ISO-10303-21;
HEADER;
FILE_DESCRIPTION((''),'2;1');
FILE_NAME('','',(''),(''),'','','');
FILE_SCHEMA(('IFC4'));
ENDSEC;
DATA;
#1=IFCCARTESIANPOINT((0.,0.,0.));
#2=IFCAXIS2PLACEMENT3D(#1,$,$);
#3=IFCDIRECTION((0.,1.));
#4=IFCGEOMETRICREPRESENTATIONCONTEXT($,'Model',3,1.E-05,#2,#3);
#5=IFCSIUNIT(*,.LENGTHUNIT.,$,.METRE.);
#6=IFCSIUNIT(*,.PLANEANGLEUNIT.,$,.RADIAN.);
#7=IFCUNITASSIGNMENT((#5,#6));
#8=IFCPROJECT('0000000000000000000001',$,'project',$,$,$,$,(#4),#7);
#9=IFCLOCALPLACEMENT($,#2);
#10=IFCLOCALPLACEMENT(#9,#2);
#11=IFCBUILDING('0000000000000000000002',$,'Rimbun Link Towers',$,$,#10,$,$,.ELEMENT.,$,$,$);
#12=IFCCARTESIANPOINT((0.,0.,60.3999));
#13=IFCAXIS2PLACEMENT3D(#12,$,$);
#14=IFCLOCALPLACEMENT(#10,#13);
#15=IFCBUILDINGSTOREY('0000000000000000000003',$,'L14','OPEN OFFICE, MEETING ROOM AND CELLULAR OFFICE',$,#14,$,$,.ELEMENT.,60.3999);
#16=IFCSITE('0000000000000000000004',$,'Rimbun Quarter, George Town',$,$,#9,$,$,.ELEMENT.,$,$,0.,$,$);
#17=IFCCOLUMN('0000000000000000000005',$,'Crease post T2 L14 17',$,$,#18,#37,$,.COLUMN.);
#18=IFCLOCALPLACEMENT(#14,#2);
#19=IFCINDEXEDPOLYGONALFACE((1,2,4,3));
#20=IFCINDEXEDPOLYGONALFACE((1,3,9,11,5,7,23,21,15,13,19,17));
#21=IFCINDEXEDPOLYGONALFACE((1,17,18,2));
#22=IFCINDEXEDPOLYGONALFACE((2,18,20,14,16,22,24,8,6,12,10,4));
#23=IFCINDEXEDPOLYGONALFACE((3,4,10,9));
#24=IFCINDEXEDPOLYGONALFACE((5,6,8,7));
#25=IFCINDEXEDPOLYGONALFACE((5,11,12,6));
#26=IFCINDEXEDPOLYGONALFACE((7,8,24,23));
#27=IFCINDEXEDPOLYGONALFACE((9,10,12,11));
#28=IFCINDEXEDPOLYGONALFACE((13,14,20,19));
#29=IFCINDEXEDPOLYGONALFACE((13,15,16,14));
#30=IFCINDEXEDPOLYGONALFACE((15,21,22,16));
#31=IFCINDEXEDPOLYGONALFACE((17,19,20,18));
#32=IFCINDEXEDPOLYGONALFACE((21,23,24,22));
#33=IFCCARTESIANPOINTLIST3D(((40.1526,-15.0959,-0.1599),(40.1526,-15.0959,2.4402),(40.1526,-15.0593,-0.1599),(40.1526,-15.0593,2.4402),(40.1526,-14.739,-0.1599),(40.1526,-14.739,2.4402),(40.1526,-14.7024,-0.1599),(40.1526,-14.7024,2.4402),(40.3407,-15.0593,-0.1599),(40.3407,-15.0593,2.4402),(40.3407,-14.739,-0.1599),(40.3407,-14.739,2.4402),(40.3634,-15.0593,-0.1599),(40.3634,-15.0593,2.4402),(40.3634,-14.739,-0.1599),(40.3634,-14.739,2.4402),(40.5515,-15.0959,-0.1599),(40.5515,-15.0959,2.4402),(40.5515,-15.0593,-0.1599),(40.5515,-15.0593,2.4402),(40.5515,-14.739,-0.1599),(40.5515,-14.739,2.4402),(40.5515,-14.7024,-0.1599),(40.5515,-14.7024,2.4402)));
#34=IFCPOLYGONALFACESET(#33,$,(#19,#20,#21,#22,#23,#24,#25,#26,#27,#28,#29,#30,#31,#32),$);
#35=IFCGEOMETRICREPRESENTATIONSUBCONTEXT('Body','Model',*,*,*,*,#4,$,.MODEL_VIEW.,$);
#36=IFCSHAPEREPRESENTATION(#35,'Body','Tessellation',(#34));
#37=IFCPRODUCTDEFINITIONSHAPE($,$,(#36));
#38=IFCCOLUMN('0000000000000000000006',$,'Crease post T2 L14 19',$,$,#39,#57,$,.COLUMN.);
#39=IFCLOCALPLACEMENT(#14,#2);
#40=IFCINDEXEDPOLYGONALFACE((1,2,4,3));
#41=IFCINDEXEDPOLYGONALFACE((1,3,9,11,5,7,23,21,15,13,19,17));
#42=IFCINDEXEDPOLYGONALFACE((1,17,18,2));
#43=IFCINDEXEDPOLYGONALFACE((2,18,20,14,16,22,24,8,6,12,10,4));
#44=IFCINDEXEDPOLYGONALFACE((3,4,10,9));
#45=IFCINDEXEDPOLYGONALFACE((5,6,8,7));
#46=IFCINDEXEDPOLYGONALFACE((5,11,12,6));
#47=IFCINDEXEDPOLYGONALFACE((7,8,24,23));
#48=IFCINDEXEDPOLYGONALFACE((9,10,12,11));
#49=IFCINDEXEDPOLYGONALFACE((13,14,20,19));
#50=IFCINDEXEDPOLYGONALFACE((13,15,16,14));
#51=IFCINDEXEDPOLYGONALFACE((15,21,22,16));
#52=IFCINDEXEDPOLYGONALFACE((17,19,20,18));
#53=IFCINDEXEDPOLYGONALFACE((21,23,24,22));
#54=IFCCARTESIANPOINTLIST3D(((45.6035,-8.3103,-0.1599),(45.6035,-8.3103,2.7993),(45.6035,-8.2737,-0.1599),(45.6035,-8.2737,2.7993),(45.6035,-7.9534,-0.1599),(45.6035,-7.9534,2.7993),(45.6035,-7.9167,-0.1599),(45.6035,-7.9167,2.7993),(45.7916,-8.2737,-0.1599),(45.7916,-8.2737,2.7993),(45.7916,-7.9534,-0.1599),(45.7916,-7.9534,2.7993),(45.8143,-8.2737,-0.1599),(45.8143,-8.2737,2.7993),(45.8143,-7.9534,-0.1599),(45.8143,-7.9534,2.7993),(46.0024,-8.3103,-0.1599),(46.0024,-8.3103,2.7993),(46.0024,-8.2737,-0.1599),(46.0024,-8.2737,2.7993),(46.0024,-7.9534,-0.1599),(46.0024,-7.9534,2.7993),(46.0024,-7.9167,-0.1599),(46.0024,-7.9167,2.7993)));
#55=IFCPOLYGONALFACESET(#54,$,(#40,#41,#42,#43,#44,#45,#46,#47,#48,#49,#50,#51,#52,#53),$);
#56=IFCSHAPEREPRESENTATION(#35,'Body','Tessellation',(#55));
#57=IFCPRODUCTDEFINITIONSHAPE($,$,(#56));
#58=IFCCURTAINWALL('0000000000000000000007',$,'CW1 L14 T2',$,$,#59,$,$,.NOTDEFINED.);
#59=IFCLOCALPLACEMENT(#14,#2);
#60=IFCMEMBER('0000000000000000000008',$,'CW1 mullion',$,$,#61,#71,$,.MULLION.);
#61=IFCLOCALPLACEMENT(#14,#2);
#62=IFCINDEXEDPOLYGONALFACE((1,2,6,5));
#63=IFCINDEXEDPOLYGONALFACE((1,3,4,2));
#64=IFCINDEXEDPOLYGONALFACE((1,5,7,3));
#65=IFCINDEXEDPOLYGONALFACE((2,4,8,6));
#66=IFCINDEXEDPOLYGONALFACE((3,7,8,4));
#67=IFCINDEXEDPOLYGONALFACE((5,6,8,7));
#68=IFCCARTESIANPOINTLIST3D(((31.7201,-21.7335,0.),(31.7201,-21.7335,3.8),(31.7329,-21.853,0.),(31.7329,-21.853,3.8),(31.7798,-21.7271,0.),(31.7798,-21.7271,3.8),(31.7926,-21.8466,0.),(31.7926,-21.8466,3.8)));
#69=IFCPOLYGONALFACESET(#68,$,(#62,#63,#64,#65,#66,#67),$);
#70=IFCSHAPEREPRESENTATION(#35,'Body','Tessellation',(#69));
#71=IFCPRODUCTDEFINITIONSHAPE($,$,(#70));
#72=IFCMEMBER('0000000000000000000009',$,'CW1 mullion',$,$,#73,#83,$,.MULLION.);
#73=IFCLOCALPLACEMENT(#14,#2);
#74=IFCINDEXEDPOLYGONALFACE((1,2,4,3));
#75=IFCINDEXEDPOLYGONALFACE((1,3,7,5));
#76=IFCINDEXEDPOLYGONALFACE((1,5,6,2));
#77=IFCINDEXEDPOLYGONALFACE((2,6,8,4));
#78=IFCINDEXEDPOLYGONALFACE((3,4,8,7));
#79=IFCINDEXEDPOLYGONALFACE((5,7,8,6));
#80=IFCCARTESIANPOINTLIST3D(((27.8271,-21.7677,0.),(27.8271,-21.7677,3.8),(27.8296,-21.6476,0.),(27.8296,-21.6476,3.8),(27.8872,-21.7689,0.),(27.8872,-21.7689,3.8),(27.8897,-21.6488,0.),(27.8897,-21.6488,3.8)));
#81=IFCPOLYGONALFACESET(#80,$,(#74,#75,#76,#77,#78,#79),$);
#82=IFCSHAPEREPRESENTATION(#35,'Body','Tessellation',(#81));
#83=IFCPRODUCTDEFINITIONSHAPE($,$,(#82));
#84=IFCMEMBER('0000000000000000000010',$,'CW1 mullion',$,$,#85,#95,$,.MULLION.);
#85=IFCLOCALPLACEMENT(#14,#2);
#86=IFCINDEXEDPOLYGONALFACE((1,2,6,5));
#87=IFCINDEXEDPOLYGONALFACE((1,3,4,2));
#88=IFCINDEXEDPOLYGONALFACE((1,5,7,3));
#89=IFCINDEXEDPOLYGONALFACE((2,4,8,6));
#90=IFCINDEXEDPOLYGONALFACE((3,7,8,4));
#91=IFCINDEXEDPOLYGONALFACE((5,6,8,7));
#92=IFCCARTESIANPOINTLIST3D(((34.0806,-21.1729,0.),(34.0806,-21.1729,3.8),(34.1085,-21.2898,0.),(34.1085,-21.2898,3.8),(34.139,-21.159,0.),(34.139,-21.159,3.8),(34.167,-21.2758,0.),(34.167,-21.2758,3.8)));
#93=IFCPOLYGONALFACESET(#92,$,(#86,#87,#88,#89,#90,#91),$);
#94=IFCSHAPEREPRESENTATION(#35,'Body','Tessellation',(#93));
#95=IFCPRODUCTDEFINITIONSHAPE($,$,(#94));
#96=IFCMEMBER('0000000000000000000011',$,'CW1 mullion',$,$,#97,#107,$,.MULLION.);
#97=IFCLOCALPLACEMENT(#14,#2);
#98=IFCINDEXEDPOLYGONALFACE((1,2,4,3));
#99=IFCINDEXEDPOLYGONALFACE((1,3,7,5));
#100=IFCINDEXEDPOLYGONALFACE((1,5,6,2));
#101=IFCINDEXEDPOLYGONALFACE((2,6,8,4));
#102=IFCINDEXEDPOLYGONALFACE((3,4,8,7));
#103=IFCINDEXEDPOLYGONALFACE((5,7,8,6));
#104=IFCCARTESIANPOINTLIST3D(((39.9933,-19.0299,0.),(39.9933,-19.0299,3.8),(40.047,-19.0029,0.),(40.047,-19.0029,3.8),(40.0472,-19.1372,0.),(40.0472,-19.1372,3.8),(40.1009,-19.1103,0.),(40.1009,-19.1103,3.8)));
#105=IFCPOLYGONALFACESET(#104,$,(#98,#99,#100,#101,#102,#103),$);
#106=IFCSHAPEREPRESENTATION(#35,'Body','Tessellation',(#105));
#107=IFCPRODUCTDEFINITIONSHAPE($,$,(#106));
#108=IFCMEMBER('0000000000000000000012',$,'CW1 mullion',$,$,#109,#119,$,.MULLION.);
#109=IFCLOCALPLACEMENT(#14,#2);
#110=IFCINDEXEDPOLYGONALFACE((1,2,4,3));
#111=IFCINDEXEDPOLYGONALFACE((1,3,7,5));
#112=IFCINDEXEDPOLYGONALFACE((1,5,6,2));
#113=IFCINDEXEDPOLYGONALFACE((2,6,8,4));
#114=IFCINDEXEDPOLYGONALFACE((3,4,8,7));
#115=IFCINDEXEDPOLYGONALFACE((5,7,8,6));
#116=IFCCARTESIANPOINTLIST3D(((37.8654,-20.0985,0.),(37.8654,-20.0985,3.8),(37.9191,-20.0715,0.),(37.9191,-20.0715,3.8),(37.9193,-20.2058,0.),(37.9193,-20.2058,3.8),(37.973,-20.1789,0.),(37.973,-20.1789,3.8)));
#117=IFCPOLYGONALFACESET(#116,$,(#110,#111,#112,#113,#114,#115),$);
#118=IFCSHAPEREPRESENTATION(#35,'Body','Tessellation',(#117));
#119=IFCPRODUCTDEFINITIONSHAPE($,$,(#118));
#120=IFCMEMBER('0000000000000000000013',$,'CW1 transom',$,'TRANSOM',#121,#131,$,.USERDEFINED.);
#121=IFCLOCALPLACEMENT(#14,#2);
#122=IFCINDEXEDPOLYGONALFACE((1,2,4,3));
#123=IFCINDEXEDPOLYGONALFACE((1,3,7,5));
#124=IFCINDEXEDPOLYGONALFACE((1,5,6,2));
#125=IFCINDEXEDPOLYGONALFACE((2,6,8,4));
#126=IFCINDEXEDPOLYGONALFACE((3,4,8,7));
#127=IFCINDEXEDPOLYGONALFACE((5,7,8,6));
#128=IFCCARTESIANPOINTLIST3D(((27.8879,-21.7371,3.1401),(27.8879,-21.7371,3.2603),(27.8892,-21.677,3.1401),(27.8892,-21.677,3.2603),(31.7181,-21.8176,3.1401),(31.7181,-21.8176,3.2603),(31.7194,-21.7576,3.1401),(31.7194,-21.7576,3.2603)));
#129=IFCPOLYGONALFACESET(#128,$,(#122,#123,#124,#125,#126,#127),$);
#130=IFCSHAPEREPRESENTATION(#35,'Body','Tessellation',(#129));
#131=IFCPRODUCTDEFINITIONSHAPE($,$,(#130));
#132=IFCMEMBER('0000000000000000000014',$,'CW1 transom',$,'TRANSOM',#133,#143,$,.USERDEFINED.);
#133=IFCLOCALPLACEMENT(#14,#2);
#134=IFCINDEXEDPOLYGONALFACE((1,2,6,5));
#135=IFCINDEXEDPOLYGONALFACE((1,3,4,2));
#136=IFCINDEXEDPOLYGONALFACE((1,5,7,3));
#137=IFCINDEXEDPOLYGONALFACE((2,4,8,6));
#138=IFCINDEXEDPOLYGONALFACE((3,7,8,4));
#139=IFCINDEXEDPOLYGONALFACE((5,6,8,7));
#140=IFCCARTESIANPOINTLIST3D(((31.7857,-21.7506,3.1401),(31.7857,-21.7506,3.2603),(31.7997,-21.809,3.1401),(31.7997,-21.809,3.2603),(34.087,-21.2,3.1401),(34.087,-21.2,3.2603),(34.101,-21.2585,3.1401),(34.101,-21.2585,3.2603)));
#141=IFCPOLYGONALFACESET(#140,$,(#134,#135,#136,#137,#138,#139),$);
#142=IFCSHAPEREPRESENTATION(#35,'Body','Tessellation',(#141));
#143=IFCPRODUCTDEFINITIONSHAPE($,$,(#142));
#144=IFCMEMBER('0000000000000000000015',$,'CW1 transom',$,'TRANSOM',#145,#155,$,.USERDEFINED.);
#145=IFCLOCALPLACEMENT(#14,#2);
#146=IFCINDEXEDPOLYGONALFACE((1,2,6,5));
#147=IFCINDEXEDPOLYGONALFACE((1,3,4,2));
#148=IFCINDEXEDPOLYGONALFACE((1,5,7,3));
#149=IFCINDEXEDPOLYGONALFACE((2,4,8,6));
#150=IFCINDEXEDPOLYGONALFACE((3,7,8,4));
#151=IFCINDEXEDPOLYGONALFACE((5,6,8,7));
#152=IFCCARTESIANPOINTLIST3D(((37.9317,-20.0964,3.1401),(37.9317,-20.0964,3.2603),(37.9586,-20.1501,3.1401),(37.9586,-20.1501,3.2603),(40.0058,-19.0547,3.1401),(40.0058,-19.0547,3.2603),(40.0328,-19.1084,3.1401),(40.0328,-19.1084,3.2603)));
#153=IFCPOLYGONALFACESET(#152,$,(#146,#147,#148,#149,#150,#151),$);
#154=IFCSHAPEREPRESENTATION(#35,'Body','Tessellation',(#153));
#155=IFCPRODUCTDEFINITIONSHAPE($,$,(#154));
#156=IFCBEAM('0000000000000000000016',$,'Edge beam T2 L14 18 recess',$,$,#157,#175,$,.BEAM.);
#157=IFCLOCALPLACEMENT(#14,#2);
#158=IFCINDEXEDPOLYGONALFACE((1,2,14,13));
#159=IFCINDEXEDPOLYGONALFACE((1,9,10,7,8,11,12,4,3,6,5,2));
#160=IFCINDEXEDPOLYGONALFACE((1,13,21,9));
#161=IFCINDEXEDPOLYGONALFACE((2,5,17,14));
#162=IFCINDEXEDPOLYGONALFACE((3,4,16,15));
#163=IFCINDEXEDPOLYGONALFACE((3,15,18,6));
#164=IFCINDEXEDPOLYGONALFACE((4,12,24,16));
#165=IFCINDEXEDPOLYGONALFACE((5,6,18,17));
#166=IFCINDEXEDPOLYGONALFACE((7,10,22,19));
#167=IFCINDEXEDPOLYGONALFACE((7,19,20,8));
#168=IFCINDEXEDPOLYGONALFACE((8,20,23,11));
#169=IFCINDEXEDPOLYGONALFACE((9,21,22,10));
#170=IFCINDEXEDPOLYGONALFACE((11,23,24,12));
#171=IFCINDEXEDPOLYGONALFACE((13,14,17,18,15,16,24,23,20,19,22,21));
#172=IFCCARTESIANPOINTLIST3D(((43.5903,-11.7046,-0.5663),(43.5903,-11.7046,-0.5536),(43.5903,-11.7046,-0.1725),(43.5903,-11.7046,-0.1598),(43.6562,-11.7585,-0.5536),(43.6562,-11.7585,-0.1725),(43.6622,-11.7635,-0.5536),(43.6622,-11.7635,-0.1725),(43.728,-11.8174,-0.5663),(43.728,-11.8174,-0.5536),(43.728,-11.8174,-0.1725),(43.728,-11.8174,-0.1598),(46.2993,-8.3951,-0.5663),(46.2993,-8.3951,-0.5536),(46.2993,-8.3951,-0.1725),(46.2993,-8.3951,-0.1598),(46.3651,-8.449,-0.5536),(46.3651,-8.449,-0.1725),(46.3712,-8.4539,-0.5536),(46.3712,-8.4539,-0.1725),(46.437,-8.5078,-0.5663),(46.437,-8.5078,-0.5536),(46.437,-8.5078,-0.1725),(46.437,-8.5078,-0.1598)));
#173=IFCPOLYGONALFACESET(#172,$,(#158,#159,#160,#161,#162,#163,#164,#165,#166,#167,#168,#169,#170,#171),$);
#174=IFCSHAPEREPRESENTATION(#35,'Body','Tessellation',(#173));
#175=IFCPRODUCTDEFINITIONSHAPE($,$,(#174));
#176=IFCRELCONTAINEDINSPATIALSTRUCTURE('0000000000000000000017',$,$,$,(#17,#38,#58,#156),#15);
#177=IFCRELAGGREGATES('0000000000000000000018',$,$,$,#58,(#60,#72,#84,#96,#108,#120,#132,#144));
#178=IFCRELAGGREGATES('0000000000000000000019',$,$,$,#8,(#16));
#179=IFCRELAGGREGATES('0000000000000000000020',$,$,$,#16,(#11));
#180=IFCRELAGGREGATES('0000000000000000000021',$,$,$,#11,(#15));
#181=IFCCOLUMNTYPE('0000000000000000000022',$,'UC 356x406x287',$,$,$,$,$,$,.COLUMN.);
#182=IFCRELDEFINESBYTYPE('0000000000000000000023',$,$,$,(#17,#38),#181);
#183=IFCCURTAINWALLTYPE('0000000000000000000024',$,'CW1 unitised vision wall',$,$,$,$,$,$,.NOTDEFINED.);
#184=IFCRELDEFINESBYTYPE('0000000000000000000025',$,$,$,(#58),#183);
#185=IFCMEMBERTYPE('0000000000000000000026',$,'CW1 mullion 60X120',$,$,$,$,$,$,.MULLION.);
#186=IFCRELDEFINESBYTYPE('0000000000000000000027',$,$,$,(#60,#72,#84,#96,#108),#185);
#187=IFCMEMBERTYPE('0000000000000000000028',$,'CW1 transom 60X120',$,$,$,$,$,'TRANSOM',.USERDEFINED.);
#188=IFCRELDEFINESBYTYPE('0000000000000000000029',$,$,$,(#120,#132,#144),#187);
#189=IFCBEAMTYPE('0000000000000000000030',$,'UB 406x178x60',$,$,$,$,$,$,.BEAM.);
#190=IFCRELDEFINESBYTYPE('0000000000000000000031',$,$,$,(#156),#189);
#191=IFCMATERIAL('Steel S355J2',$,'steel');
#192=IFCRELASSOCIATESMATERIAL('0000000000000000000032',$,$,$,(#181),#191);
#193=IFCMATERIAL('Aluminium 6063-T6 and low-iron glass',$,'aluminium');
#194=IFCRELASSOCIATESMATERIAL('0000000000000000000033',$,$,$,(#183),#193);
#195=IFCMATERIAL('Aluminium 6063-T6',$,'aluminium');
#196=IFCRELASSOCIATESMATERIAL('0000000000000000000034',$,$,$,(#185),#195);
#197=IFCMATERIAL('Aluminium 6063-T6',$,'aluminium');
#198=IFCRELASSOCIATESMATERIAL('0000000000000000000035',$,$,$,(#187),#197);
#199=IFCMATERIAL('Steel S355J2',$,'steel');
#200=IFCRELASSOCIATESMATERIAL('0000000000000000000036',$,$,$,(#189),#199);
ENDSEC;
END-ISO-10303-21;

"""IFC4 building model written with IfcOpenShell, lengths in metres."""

from ifc_helpers import new_model, si_unit, direction, frame, origin, origin_2d, place, context, subcontext, project, spatial, rectangle, i_section, extrude, material, material_profile, profile_set, type_object, element, aggregate, save


model = new_model("IFC4")

# Units and contexts
model_context = context("Model", 3, precision=1e-05, world=origin(), true_north=direction((0.0, 1.0)))
body_context = subcontext(model_context, "Body", "Model", "MODEL_VIEW")
ifc_project = project(units=[si_unit("LENGTHUNIT", "METRE"), si_unit("PLANEANGLEUNIT", "RADIAN")], contexts=[model_context])

# Site, building, storey
site_placement = place(None, origin())
site = spatial("IfcSite", under=ifc_project, at=site_placement, Name="Rimbun Quarter, George Town", CompositionType="ELEMENT", RefElevation=0.0)
building_placement = place(site_placement, origin())
building = spatial("IfcBuilding", under=site, at=building_placement, Name="Rimbun Link Towers", CompositionType="ELEMENT")
storey_placement = place(building_placement, frame((0.0, 0.0, 60.3999)))
storey = spatial("IfcBuildingStorey", under=building, at=storey_placement, Name="L14", Description="OPEN OFFICE, MEETING ROOM AND CELLULAR OFFICE", CompositionType="ELEMENT", Elevation=60.3999)

# Columns
ifc_material_1 = material(Name="Steel S355J2", Category="steel")
ifc_material_profile_1 = material_profile(ifc_material_1, i_section(OverallWidth=0.3989, OverallDepth=0.3936, WebThickness=0.0227, FlangeThickness=0.0366, at=origin_2d()), Name="UC 356x406x287")
ifc_profile_set_1 = profile_set([ifc_material_profile_1], Name="Steel S355J2")
column_type = type_object("IfcColumnType", Name="UC 356x406x287", PredefinedType="COLUMN", material=ifc_profile_set_1)
column_1_placement = place(storey_placement, frame((40.3521, -14.8992, -0.1599), z_axis=(0.0, 0.0, 1.0), x_axis=(1.0, 0.0, 0.0)))
element("IfcColumn", 1, at=column_1_placement, inside=storey, type_object=column_type, Name="Crease post T2 L14 17", PredefinedType="COLUMN", context=body_context, shape_type="SweptSolid", body=[
    extrude(i_section(OverallWidth=0.3989, OverallDepth=0.3936, WebThickness=0.0227, FlangeThickness=0.0366, at=origin_2d()), origin(), (0.0, 0.0, 1.0), 2.6001),
])
column_2_placement = place(storey_placement, frame((45.803, -8.1135, -0.1599), z_axis=(0.0, 0.0, 1.0), x_axis=(1.0, 0.0, 0.0)))
element("IfcColumn", 2, at=column_2_placement, inside=storey, type_object=column_type, Name="Crease post T2 L14 19", PredefinedType="COLUMN", context=body_context, shape_type="SweptSolid", body=[
    extrude(i_section(OverallWidth=0.3989, OverallDepth=0.3936, WebThickness=0.0227, FlangeThickness=0.0366, at=origin_2d()), origin(), (0.0, 0.0, 1.0), 2.9592),
])

# Curtain wall, members
ifc_material_2 = material(Name="Aluminium 6063-T6 and low-iron glass", Category="aluminium")
curtain_wall_type = type_object("IfcCurtainWallType", Name="CW1 unitised vision wall", PredefinedType="NOTDEFINED", material=ifc_material_2)
curtain_wall_placement = place(storey_placement, origin())
curtain_wall = element("IfcCurtainWall", 3, at=curtain_wall_placement, inside=storey, type_object=curtain_wall_type, Name="CW1 L14 T2", PredefinedType="NOTDEFINED")
ifc_material_3 = material(Name="Aluminium 6063-T6", Category="aluminium")
ifc_material_profile_2 = material_profile(ifc_material_3, rectangle(XDim=0.1201, YDim=0.0601, at=origin_2d()), Name="MULLION 60X120")
ifc_profile_set_2 = profile_set([ifc_material_profile_2], Name="Aluminium 6063-T6")
member_type_1 = type_object("IfcMemberType", Name="CW1 mullion 60X120", PredefinedType="MULLION", material=ifc_profile_set_2)
member_1_placement = place(storey_placement, frame((31.7563, -21.79, 0.0), z_axis=(0.0, 0.0, 1.0), x_axis=(0.10664, -0.994298, 0.0)))
member_1 = element("IfcMember", 4, at=member_1_placement, type_object=member_type_1, Name="CW1 mullion", PredefinedType="MULLION", context=body_context, shape_type="SweptSolid", body=[
    extrude(rectangle(XDim=0.1201, YDim=0.0601, at=origin_2d()), origin(), (0.0, 0.0, 1.0), 3.8),
])
member_2_placement = place(storey_placement, frame((27.8584, -21.7083, 0.0), z_axis=(0.0, 0.0, 1.0), x_axis=(-0.021066, -0.999778, 0.0)))
member_2 = element("IfcMember", 5, at=member_2_placement, type_object=member_type_1, Name="CW1 mullion", PredefinedType="MULLION", context=body_context, shape_type="SweptSolid", body=[
    extrude(rectangle(XDim=0.1201, YDim=0.0601, at=origin_2d()), origin(), (0.0, 0.0, 1.0), 3.8),
])
member_3_placement = place(storey_placement, frame((34.1238, -21.2244, 0.0), z_axis=(0.0, 0.0, 1.0), x_axis=(0.232603, -0.972572, 0.0)))
member_3 = element("IfcMember", 6, at=member_3_placement, type_object=member_type_1, Name="CW1 mullion", PredefinedType="MULLION", context=body_context, shape_type="SweptSolid", body=[
    extrude(rectangle(XDim=0.1201, YDim=0.0601, at=origin_2d()), origin(), (0.0, 0.0, 1.0), 3.8),
])
member_4_placement = place(storey_placement, frame((40.0471, -19.0701, 0.0), z_axis=(0.0, 0.0, 1.0), x_axis=(0.448789, -0.893638, 0.0)))
member_4 = element("IfcMember", 7, at=member_4_placement, type_object=member_type_1, Name="CW1 mullion", PredefinedType="MULLION", context=body_context, shape_type="SweptSolid", body=[
    extrude(rectangle(XDim=0.1201, YDim=0.0601, at=origin_2d()), origin(), (0.0, 0.0, 1.0), 3.8),
])
member_5_placement = place(storey_placement, frame((37.9192, -20.1387, 0.0), z_axis=(0.0, 0.0, 1.0), x_axis=(0.448789, -0.893638, 0.0)))
member_5 = element("IfcMember", 8, at=member_5_placement, type_object=member_type_1, Name="CW1 mullion", PredefinedType="MULLION", context=body_context, shape_type="SweptSolid", body=[
    extrude(rectangle(XDim=0.1201, YDim=0.0601, at=origin_2d()), origin(), (0.0, 0.0, 1.0), 3.8),
])
ifc_material_4 = material(Name="Aluminium 6063-T6", Category="aluminium")
ifc_material_profile_3 = material_profile(ifc_material_4, rectangle(XDim=0.0601, YDim=0.1201, at=origin_2d()), Name="TRANSOM 60X120")
ifc_profile_set_3 = profile_set([ifc_material_profile_3], Name="Aluminium 6063-T6")
member_type_2 = type_object("IfcMemberType", Name="CW1 transom 60X120", ElementType="TRANSOM", PredefinedType="USERDEFINED", material=ifc_profile_set_3)
member_6_placement = place(storey_placement, frame((31.7188, -21.7876, 3.2002), z_axis=(-0.999779, 0.021029, 0.0), x_axis=(-0.021029, -0.999779, 0.0)))
member_6 = element("IfcMember", 9, at=member_6_placement, type_object=member_type_2, Name="CW1 transom", ObjectType="TRANSOM", PredefinedType="USERDEFINED", context=body_context, shape_type="SweptSolid", body=[
    extrude(rectangle(XDim=0.0601, YDim=0.1201, at=origin_2d()), origin(), (0.0, 0.0, 1.0), 3.8311),
])
member_7_placement = place(storey_placement, frame((34.094, -21.2292, 3.2002), z_axis=(-0.972557, -0.232667, 0.0), x_axis=(0.232667, -0.972557, 0.0)))
member_7 = element("IfcMember", 10, at=member_7_placement, type_object=member_type_2, Name="CW1 transom", ObjectType="TRANSOM", PredefinedType="USERDEFINED", context=body_context, shape_type="SweptSolid", body=[
    extrude(rectangle(XDim=0.0601, YDim=0.1201, at=origin_2d()), origin(), (0.0, 0.0, 1.0), 2.3662),
])
member_8_placement = place(storey_placement, frame((40.0193, -19.0815, 3.2002), z_axis=(-0.893626, -0.448812, 0.0), x_axis=(0.448812, -0.893626, 0.0)))
member_8 = element("IfcMember", 11, at=member_8_placement, type_object=member_type_2, Name="CW1 transom", ObjectType="TRANSOM", PredefinedType="USERDEFINED", context=body_context, shape_type="SweptSolid", body=[
    extrude(rectangle(XDim=0.0601, YDim=0.1201, at=origin_2d()), origin(), (0.0, 0.0, 1.0), 2.321),
])

# Beam
ifc_material_5 = material(Name="Steel S355J2", Category="steel")
ifc_material_profile_4 = material_profile(ifc_material_5, i_section(OverallWidth=0.178, OverallDepth=0.4065, WebThickness=0.0078, FlangeThickness=0.0127, at=origin_2d()), Name="UB 406x178x60")
ifc_profile_set_4 = profile_set([ifc_material_profile_4], Name="Steel S355J2")
beam_type_1 = type_object("IfcBeamType", Name="UB 406x178x60", PredefinedType="BEAM", material=ifc_profile_set_4)
beam_1_placement = place(storey_placement, frame((43.6592, -11.761, -0.363), z_axis=(0.633399, 0.773825, 0.0), x_axis=(-0.773825, 0.633399, 0.0)))
element("IfcBeam", 12, at=beam_1_placement, inside=storey, type_object=beam_type_1, Name="Edge beam T2 L14 18 recess", PredefinedType="BEAM", context=body_context, shape_type="SweptSolid", body=[
    extrude(i_section(OverallWidth=0.178, OverallDepth=0.4065, WebThickness=0.0078, FlangeThickness=0.0127, at=origin_2d()), origin(), (0.0, 0.0, 1.0), 4.2769),
])

aggregate(curtain_wall, [member_1, member_2, member_3, member_4, member_5, member_6, member_7, member_8])

save(model, "model.ifc")
